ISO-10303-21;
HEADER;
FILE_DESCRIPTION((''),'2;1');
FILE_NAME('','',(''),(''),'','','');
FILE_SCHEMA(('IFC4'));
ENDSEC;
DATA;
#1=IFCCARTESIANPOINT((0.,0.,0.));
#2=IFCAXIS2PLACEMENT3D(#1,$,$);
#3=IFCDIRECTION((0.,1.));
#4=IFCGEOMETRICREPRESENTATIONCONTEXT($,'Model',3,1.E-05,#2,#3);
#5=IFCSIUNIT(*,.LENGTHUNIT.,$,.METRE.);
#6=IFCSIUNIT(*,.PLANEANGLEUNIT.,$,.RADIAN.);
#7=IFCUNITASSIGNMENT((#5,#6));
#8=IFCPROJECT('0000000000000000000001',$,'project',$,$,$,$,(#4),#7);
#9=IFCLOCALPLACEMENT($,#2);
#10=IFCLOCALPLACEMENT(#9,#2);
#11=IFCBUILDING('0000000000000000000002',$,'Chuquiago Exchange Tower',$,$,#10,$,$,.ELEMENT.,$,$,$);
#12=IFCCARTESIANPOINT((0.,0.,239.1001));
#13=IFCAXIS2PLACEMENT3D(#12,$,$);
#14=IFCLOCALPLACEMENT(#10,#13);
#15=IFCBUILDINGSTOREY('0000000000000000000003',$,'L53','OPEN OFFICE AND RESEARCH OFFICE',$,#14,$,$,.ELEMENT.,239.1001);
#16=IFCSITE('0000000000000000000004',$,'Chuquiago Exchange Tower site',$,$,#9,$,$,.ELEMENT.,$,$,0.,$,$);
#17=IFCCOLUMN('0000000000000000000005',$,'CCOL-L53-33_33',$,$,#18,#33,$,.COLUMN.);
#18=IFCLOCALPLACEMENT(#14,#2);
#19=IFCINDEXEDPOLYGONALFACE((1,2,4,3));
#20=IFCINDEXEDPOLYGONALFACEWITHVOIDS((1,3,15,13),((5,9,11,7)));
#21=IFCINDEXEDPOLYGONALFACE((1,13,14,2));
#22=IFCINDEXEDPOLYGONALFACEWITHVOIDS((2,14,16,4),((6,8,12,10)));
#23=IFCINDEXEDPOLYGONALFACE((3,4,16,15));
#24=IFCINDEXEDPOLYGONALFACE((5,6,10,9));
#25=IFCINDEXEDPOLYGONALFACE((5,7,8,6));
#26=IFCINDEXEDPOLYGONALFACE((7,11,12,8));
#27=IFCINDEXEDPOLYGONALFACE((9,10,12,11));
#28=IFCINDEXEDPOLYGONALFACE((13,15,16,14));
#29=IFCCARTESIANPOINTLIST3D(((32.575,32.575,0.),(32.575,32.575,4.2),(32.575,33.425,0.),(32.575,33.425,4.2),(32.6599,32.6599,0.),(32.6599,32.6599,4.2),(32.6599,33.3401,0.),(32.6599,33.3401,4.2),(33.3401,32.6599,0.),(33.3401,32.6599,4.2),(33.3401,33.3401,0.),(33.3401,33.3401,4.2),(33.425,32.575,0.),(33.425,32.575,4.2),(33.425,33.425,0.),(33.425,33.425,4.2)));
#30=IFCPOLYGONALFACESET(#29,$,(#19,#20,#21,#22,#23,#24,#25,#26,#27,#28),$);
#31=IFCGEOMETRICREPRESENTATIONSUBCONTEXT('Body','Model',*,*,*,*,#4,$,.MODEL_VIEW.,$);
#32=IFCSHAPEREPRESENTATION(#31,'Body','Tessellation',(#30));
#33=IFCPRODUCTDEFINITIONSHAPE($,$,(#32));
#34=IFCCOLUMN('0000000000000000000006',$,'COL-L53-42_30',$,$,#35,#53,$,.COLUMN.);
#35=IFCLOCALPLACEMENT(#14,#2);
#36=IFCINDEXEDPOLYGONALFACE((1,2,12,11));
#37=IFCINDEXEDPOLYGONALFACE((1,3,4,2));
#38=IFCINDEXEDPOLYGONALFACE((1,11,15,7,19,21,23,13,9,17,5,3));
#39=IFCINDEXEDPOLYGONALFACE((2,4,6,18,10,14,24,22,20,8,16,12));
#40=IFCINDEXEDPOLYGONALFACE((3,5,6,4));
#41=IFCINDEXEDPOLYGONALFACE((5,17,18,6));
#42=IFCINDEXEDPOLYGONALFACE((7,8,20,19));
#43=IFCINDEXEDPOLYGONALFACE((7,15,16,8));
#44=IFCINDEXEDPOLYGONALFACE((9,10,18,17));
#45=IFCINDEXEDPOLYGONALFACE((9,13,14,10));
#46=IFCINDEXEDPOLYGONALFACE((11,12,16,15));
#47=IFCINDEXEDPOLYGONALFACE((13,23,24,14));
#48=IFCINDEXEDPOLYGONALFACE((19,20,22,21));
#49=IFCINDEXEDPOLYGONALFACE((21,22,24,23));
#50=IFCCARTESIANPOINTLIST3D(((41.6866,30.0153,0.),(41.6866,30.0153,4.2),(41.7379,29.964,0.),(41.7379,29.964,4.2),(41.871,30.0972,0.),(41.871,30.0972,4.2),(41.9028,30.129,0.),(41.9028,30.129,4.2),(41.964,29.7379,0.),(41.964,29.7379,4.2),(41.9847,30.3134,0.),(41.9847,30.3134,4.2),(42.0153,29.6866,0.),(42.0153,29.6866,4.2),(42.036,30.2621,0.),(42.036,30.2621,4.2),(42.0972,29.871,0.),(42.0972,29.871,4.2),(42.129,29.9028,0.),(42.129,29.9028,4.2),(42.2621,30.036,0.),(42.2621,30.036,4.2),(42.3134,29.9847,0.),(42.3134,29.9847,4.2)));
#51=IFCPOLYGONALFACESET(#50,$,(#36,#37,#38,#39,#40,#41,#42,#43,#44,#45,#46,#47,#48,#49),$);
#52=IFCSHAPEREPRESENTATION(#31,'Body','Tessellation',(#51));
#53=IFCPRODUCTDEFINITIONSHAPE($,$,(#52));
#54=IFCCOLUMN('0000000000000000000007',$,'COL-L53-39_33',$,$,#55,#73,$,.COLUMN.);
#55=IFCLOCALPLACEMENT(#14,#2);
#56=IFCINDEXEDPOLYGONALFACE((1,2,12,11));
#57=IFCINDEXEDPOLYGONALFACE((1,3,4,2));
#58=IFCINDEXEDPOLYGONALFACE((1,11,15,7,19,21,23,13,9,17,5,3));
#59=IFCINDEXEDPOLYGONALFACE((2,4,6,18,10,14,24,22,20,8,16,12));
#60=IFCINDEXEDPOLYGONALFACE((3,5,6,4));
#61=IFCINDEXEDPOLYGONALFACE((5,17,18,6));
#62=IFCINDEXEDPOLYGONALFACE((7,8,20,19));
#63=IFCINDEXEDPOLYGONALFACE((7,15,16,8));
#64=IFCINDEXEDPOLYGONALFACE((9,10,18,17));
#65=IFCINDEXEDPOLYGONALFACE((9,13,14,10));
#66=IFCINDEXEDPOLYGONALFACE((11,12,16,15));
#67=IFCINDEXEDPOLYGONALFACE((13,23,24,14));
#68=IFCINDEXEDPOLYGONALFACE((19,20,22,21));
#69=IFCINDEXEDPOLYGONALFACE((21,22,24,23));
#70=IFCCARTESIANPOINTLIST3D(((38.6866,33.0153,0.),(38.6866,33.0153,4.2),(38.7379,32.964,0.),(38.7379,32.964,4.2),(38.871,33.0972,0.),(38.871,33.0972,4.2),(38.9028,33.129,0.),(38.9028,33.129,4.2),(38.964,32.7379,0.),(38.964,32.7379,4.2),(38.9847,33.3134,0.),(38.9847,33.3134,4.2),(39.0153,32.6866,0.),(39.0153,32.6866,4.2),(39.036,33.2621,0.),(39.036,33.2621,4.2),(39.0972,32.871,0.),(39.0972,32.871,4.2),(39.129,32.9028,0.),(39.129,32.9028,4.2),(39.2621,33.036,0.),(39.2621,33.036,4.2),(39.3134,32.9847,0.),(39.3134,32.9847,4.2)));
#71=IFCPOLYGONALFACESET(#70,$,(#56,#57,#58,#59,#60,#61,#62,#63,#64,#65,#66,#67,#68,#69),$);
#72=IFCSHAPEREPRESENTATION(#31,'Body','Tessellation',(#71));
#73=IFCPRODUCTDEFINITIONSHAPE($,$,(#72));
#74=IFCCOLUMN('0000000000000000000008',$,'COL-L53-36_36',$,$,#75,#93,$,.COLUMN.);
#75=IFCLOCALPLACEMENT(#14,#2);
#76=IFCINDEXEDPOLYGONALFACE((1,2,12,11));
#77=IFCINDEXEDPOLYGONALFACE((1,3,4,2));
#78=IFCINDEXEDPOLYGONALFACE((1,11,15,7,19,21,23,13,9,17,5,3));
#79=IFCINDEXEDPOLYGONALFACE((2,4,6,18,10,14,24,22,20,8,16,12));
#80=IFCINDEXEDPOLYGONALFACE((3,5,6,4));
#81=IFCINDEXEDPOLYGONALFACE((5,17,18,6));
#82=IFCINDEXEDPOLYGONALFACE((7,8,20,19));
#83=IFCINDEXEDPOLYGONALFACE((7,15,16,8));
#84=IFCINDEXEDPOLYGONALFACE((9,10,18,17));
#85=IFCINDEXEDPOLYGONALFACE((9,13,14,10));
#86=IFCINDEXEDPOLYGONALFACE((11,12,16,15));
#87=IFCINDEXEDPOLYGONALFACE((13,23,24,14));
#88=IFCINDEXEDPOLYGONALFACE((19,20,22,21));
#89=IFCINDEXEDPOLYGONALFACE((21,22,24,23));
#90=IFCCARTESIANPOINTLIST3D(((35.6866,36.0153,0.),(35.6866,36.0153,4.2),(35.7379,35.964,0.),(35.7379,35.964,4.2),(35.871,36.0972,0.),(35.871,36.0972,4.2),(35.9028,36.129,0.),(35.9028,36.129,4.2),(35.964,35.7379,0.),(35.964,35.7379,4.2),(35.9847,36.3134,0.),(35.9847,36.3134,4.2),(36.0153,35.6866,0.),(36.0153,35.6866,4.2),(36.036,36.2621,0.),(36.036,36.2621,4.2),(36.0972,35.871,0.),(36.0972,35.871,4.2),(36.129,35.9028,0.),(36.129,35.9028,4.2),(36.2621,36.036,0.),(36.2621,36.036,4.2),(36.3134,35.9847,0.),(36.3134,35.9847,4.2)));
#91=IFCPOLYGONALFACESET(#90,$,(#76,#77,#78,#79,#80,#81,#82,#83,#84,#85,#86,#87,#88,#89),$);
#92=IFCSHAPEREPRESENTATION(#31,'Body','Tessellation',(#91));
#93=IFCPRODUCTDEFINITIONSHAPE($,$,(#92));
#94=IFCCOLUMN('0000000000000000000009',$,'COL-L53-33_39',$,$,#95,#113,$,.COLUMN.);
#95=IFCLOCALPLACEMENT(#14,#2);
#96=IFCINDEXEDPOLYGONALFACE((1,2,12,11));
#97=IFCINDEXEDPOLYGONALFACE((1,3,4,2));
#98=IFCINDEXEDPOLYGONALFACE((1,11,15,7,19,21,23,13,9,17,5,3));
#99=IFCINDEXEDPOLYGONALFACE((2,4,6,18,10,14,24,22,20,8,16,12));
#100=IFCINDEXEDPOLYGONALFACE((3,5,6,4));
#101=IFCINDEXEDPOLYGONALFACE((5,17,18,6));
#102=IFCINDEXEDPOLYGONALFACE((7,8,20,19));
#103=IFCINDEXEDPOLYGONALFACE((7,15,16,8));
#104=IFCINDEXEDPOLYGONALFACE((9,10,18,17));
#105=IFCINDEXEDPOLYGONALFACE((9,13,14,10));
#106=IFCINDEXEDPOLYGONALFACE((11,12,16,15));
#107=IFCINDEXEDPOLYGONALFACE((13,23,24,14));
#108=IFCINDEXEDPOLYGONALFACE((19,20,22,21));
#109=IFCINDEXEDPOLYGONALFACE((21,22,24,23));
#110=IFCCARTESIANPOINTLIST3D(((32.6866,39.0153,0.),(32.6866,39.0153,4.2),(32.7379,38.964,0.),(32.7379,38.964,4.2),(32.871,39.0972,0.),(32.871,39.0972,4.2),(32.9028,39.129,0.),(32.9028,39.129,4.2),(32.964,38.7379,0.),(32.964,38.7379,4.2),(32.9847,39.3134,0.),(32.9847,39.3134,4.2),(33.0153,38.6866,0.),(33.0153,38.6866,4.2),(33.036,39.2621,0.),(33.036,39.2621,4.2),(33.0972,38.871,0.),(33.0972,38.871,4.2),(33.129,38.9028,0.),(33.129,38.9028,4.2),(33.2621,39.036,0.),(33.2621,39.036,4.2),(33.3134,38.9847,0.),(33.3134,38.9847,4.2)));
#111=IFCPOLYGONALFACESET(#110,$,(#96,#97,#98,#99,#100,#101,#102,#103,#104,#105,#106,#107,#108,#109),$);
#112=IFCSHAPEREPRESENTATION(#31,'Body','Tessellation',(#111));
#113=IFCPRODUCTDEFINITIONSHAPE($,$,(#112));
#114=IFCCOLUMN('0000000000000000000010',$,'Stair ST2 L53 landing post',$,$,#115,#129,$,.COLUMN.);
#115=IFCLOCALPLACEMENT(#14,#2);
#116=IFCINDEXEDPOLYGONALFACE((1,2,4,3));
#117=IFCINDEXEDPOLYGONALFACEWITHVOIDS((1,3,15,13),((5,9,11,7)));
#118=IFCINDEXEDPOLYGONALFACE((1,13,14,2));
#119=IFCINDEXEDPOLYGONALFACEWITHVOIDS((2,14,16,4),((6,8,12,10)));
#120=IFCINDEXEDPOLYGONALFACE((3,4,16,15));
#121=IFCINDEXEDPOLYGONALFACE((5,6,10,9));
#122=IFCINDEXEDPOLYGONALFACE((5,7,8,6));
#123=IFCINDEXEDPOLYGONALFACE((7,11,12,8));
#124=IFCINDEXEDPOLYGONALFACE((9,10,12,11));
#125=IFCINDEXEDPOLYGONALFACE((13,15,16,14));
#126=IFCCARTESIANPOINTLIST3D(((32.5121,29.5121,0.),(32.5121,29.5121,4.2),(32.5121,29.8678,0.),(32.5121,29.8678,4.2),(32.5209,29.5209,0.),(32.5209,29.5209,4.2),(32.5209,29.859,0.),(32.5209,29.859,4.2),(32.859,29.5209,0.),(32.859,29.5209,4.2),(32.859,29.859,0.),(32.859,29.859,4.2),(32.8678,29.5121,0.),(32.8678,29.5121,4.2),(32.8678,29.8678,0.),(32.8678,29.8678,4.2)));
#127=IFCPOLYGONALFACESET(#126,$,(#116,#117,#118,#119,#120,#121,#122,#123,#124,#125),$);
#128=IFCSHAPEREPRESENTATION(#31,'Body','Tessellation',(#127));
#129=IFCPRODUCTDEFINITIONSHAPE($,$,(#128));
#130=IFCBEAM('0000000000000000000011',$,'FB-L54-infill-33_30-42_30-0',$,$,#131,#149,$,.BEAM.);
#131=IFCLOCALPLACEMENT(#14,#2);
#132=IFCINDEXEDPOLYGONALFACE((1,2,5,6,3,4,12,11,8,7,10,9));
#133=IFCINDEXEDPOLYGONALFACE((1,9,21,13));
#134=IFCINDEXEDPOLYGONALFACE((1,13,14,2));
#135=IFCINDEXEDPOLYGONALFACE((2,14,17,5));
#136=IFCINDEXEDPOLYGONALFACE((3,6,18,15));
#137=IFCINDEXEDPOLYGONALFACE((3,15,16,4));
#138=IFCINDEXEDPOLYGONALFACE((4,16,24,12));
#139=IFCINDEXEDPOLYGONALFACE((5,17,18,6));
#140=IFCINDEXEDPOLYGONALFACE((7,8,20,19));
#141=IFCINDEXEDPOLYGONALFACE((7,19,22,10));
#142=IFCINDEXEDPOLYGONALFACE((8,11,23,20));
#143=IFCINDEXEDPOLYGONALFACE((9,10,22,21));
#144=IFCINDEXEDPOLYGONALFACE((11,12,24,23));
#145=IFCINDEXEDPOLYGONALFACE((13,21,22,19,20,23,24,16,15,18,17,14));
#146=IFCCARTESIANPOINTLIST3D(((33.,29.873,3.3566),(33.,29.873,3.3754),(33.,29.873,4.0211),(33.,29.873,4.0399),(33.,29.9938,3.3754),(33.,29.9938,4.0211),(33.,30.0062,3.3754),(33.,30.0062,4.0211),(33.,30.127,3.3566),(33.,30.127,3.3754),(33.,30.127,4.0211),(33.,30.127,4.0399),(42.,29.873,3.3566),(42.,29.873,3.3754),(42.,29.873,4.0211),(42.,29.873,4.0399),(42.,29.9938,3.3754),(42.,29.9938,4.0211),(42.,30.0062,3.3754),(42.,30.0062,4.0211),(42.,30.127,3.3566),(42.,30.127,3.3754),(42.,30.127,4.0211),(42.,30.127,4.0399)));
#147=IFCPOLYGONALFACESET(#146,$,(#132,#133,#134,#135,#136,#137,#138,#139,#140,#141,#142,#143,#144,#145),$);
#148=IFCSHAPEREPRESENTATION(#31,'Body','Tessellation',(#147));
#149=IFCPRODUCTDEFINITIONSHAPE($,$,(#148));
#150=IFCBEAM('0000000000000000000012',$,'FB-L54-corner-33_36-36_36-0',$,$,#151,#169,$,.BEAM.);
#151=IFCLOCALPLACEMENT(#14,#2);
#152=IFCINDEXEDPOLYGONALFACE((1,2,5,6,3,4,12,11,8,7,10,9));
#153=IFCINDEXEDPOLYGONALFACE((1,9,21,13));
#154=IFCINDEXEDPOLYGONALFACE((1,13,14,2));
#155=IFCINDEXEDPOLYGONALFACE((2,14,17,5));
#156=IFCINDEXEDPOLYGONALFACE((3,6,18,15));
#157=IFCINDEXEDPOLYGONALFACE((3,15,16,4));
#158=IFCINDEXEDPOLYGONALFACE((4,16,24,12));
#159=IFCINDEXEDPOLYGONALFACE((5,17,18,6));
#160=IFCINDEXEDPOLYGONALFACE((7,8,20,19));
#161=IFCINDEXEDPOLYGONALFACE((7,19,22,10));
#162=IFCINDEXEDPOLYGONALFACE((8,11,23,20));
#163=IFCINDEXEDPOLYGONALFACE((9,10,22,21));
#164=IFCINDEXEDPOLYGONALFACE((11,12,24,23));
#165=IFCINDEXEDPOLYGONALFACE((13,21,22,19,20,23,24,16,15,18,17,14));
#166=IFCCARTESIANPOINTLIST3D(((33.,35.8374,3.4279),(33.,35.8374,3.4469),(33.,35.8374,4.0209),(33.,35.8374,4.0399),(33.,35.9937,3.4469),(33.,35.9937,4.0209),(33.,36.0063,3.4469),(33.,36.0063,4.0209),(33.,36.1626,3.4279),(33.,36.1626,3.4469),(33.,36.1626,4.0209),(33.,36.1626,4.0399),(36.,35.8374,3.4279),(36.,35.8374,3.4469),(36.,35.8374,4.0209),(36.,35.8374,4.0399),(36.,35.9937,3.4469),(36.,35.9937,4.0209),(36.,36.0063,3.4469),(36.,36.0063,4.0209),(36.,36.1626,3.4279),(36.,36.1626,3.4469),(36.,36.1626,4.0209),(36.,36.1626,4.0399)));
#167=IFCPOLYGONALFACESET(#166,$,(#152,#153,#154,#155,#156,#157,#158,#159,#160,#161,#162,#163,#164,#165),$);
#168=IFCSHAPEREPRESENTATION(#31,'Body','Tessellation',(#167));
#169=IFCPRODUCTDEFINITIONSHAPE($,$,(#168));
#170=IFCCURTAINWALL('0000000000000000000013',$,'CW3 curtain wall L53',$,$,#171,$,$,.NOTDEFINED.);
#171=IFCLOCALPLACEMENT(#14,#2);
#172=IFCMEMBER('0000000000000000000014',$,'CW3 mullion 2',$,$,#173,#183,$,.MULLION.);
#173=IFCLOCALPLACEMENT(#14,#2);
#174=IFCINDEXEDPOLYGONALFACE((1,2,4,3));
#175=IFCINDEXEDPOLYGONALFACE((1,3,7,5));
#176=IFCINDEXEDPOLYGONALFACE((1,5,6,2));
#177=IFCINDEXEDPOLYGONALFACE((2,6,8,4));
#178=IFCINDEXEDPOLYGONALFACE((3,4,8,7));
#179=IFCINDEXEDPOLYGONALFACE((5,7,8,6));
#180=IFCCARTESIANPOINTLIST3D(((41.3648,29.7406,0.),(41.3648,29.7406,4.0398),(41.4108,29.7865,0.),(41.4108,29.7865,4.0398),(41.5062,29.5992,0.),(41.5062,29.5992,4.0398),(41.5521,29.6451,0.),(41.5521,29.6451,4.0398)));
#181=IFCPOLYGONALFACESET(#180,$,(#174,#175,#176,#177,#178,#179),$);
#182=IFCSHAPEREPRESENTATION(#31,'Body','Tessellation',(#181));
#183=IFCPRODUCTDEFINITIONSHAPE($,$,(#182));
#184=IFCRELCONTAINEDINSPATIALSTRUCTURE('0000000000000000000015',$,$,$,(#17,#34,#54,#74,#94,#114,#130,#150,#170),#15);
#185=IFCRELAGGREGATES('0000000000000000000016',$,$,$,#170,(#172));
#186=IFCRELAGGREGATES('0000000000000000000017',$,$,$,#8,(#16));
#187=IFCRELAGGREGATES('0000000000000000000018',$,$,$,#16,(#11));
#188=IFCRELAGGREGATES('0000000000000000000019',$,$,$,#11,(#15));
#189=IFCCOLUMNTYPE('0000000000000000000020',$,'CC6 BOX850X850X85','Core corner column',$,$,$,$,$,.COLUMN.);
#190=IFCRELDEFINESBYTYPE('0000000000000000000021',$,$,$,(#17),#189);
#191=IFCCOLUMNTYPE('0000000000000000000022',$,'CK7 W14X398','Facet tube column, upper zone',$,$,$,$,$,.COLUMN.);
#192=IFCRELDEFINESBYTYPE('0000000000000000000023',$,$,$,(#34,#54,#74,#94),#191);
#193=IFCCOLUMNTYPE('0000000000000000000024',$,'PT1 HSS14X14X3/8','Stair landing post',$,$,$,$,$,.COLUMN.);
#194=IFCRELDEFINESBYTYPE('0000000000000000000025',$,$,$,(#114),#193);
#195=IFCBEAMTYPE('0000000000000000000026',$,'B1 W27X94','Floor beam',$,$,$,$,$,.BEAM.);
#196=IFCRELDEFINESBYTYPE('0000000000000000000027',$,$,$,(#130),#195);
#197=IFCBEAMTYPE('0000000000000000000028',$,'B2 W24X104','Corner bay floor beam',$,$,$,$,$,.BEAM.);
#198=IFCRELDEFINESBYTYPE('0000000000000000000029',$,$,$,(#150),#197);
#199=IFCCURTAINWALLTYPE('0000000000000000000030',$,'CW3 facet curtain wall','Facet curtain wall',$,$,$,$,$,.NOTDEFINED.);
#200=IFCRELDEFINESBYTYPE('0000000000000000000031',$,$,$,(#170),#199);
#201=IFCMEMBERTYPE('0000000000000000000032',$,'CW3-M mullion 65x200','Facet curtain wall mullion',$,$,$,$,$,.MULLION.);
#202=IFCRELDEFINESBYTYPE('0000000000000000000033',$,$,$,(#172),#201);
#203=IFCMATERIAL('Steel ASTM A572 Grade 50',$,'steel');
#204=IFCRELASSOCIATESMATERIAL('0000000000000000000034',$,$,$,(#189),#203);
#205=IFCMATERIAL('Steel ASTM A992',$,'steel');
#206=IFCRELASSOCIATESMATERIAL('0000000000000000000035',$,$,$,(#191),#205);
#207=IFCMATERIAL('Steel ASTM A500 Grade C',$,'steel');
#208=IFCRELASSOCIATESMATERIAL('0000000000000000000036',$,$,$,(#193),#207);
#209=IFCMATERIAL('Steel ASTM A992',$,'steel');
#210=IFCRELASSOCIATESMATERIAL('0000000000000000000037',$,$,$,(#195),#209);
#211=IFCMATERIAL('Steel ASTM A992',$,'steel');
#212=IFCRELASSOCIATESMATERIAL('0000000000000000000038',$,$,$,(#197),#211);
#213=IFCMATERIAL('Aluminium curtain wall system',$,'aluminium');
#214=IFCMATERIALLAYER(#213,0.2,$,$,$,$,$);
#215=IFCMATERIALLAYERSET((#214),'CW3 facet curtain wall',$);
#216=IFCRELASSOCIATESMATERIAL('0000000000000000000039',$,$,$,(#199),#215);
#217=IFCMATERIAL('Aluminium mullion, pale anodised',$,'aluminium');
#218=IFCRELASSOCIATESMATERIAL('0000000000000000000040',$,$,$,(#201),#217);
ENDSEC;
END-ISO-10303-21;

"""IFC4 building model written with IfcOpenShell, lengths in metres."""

from ifc_helpers import new_model, si_unit, direction, frame, origin, origin_2d, place, context, subcontext, project, spatial, rectangle, hollow_rectangle, i_section, extrude, material, layer, layer_set, material_profile, profile_set, type_object, element, aggregate, save


model = new_model("IFC4")

# Units and contexts
model_context = context("Model", 3, precision=1e-05, world=origin(), true_north=direction((0.0, 1.0)))
body_context = subcontext(model_context, "Body", "Model", "MODEL_VIEW")
ifc_project = project(units=[si_unit("LENGTHUNIT", "METRE"), si_unit("PLANEANGLEUNIT", "RADIAN")], contexts=[model_context])

# Site, building, storey
site_placement = place(None, origin())
site = spatial("IfcSite", under=ifc_project, at=site_placement, Name="Chuquiago Exchange Tower site", CompositionType="ELEMENT", RefElevation=0.0)
building_placement = place(site_placement, origin())
building = spatial("IfcBuilding", under=site, at=building_placement, Name="Chuquiago Exchange Tower", CompositionType="ELEMENT")
storey_placement = place(building_placement, frame((0.0, 0.0, 239.1001)))
storey = spatial("IfcBuildingStorey", under=building, at=storey_placement, Name="L53", Description="OPEN OFFICE AND RESEARCH OFFICE", CompositionType="ELEMENT", Elevation=239.1001)

# Columns
ifc_material_1 = material(Name="Steel ASTM A572 Grade 50", Category="steel")
ifc_material_profile_1 = material_profile(ifc_material_1, hollow_rectangle(XDim=0.8501, YDim=0.8501, WallThickness=0.085, at=origin_2d()), Name="BOX850X850X85")
ifc_profile_set_1 = profile_set([ifc_material_profile_1], Name="Steel ASTM A572 Grade 50")
column_type_1 = type_object("IfcColumnType", Name="CC6 BOX850X850X85", Description="Core corner column", PredefinedType="COLUMN", material=ifc_profile_set_1)
column_1_placement = place(storey_placement, frame((33.0, 33.0, 0.0), z_axis=(0.0, 0.0, 1.0), x_axis=(1.0, 0.0, 0.0)))
element("IfcColumn", 1, at=column_1_placement, inside=storey, type_object=column_type_1, Name="CCOL-L53-33_33", PredefinedType="COLUMN", context=body_context, shape_type="SweptSolid", body=[
    extrude(hollow_rectangle(XDim=0.8501, YDim=0.8501, WallThickness=0.085, at=origin_2d()), origin(), (0.0, 0.0, 1.0), 4.2),
])
ifc_material_2 = material(Name="Steel ASTM A992", Category="steel")
ifc_material_profile_2 = material_profile(ifc_material_2, i_section(OverallWidth=0.4216, OverallDepth=0.4648, WebThickness=0.0449, FlangeThickness=0.0725, at=origin_2d()), Name="W14X398")
ifc_profile_set_2 = profile_set([ifc_material_profile_2], Name="Steel ASTM A992")
column_type_2 = type_object("IfcColumnType", Name="CK7 W14X398", Description="Facet tube column, upper zone", PredefinedType="COLUMN", material=ifc_profile_set_2)
for number, where, z_axis, x_axis, name in (
    (2, (42.0, 30.0, 0.0), (0.0, 0.0, 1.0), (0.707107, 0.707107, 0.0), "COL-L53-42_30"),
    (3, (39.0, 33.0, 0.0), (0.0, 0.0, 1.0), (0.707107, 0.707107, 0.0), "COL-L53-39_33"),
    (4, (36.0, 36.0, 0.0), (0.0, 0.0, 1.0), (0.707107, 0.707107, 0.0), "COL-L53-36_36"),
    (5, (33.0, 39.0, 0.0), (0.0, 0.0, 1.0), (0.707107, 0.707107, 0.0), "COL-L53-33_39"),
):
    element("IfcColumn", number, at=place(storey_placement, frame(where, z_axis=z_axis, x_axis=x_axis)), inside=storey, type_object=column_type_2, Name=name, PredefinedType="COLUMN", context=body_context, shape_type="SweptSolid", body=[
        extrude(i_section(OverallWidth=0.4216, OverallDepth=0.4648, WebThickness=0.0449, FlangeThickness=0.0725, at=origin_2d()), origin(), (0.0, 0.0, 1.0), 4.2),
    ])
ifc_material_3 = material(Name="Steel ASTM A500 Grade C", Category="steel")
ifc_material_profile_3 = material_profile(ifc_material_3, hollow_rectangle(XDim=0.3557, YDim=0.3557, WallThickness=0.0088, at=origin_2d()), Name="HSS14X14X3/8")
ifc_profile_set_3 = profile_set([ifc_material_profile_3], Name="Steel ASTM A500 Grade C")
column_type_3 = type_object("IfcColumnType", Name="PT1 HSS14X14X3/8", Description="Stair landing post", PredefinedType="COLUMN", material=ifc_profile_set_3)
column_2_placement = place(storey_placement, frame((32.6899, 29.6899, 0.0), z_axis=(0.0, 0.0, 1.0), x_axis=(1.0, 0.0, 0.0)))
element("IfcColumn", 6, at=column_2_placement, inside=storey, type_object=column_type_3, Name="Stair ST2 L53 landing post", PredefinedType="COLUMN", context=body_context, shape_type="SweptSolid", body=[
    extrude(hollow_rectangle(XDim=0.3557, YDim=0.3557, WallThickness=0.0088, at=origin_2d()), origin(), (0.0, 0.0, 1.0), 4.2),
])

# Beams
ifc_material_4 = material(Name="Steel ASTM A992", Category="steel")
ifc_material_profile_4 = material_profile(ifc_material_4, i_section(OverallWidth=0.2539, OverallDepth=0.6833, WebThickness=0.0125, FlangeThickness=0.0188, at=origin_2d()), Name="W27X94")
ifc_profile_set_4 = profile_set([ifc_material_profile_4], Name="Steel ASTM A992")
beam_type_1 = type_object("IfcBeamType", Name="B1 W27X94", Description="Floor beam", PredefinedType="BEAM", material=ifc_profile_set_4)
beam_1_placement = place(storey_placement, frame((33.0, 30.0, 3.6982), z_axis=(1.0, 0.0, 0.0), x_axis=(0.0, 1.0, 0.0)))
element("IfcBeam", 7, at=beam_1_placement, inside=storey, type_object=beam_type_1, Name="FB-L54-infill-33_30-42_30-0", PredefinedType="BEAM", context=body_context, shape_type="SweptSolid", body=[
    extrude(i_section(OverallWidth=0.2539, OverallDepth=0.6833, WebThickness=0.0125, FlangeThickness=0.0188, at=origin_2d()), origin(), (0.0, 0.0, 1.0), 9.0),
])
ifc_material_5 = material(Name="Steel ASTM A992", Category="steel")
ifc_material_profile_5 = material_profile(ifc_material_5, i_section(OverallWidth=0.3252, OverallDepth=0.6121, WebThickness=0.0127, FlangeThickness=0.019, at=origin_2d()), Name="W24X104")
ifc_profile_set_5 = profile_set([ifc_material_profile_5], Name="Steel ASTM A992")
beam_type_2 = type_object("IfcBeamType", Name="B2 W24X104", Description="Corner bay floor beam", PredefinedType="BEAM", material=ifc_profile_set_5)
beam_2_placement = place(storey_placement, frame((33.0, 36.0, 3.7339), z_axis=(1.0, 0.0, 0.0), x_axis=(0.0, 1.0, 0.0)))
element("IfcBeam", 8, at=beam_2_placement, inside=storey, type_object=beam_type_2, Name="FB-L54-corner-33_36-36_36-0", PredefinedType="BEAM", context=body_context, shape_type="SweptSolid", body=[
    extrude(i_section(OverallWidth=0.3252, OverallDepth=0.6121, WebThickness=0.0127, FlangeThickness=0.019, at=origin_2d()), origin(), (0.0, 0.0, 1.0), 3.0),
])

# Curtain wall, member
ifc_material_6 = material(Name="Aluminium curtain wall system", Category="aluminium")
ifc_layer_1 = layer(ifc_material_6, 0.2)
ifc_layer_set_1 = layer_set([ifc_layer_1], Name="CW3 facet curtain wall")
curtain_wall_type = type_object("IfcCurtainWallType", Name="CW3 facet curtain wall", Description="Facet curtain wall", PredefinedType="NOTDEFINED", material=ifc_layer_set_1)
curtain_wall_placement = place(storey_placement, origin())
curtain_wall = element("IfcCurtainWall", 9, at=curtain_wall_placement, inside=storey, type_object=curtain_wall_type, Name="CW3 curtain wall L53", PredefinedType="NOTDEFINED")
ifc_material_7 = material(Name="Aluminium mullion, pale anodised", Category="aluminium")
ifc_material_profile_6 = material_profile(ifc_material_7, rectangle(XDim=0.0649, YDim=0.2, at=origin_2d()), Name="AL 65x200")
ifc_profile_set_6 = profile_set([ifc_material_profile_6], Name="Aluminium mullion, pale anodised")
member_type_1 = type_object("IfcMemberType", Name="CW3-M mullion 65x200", Description="Facet curtain wall mullion", PredefinedType="MULLION", material=ifc_profile_set_6)
member_1_placement = place(storey_placement, frame((41.4585, 29.6929, 0.0), z_axis=(0.0, 0.0, 1.0), x_axis=(-0.707107, -0.707107, 0.0)))
member_1 = element("IfcMember", 10, at=member_1_placement, type_object=member_type_1, Name="CW3 mullion 2", PredefinedType="MULLION", context=body_context, shape_type="SweptSolid", body=[
    extrude(rectangle(XDim=0.0649, YDim=0.2, at=origin_2d()), origin(), (0.0, 0.0, 1.0), 4.0398),
])

aggregate(curtain_wall, [member_1])

save(model, "model.ifc")
